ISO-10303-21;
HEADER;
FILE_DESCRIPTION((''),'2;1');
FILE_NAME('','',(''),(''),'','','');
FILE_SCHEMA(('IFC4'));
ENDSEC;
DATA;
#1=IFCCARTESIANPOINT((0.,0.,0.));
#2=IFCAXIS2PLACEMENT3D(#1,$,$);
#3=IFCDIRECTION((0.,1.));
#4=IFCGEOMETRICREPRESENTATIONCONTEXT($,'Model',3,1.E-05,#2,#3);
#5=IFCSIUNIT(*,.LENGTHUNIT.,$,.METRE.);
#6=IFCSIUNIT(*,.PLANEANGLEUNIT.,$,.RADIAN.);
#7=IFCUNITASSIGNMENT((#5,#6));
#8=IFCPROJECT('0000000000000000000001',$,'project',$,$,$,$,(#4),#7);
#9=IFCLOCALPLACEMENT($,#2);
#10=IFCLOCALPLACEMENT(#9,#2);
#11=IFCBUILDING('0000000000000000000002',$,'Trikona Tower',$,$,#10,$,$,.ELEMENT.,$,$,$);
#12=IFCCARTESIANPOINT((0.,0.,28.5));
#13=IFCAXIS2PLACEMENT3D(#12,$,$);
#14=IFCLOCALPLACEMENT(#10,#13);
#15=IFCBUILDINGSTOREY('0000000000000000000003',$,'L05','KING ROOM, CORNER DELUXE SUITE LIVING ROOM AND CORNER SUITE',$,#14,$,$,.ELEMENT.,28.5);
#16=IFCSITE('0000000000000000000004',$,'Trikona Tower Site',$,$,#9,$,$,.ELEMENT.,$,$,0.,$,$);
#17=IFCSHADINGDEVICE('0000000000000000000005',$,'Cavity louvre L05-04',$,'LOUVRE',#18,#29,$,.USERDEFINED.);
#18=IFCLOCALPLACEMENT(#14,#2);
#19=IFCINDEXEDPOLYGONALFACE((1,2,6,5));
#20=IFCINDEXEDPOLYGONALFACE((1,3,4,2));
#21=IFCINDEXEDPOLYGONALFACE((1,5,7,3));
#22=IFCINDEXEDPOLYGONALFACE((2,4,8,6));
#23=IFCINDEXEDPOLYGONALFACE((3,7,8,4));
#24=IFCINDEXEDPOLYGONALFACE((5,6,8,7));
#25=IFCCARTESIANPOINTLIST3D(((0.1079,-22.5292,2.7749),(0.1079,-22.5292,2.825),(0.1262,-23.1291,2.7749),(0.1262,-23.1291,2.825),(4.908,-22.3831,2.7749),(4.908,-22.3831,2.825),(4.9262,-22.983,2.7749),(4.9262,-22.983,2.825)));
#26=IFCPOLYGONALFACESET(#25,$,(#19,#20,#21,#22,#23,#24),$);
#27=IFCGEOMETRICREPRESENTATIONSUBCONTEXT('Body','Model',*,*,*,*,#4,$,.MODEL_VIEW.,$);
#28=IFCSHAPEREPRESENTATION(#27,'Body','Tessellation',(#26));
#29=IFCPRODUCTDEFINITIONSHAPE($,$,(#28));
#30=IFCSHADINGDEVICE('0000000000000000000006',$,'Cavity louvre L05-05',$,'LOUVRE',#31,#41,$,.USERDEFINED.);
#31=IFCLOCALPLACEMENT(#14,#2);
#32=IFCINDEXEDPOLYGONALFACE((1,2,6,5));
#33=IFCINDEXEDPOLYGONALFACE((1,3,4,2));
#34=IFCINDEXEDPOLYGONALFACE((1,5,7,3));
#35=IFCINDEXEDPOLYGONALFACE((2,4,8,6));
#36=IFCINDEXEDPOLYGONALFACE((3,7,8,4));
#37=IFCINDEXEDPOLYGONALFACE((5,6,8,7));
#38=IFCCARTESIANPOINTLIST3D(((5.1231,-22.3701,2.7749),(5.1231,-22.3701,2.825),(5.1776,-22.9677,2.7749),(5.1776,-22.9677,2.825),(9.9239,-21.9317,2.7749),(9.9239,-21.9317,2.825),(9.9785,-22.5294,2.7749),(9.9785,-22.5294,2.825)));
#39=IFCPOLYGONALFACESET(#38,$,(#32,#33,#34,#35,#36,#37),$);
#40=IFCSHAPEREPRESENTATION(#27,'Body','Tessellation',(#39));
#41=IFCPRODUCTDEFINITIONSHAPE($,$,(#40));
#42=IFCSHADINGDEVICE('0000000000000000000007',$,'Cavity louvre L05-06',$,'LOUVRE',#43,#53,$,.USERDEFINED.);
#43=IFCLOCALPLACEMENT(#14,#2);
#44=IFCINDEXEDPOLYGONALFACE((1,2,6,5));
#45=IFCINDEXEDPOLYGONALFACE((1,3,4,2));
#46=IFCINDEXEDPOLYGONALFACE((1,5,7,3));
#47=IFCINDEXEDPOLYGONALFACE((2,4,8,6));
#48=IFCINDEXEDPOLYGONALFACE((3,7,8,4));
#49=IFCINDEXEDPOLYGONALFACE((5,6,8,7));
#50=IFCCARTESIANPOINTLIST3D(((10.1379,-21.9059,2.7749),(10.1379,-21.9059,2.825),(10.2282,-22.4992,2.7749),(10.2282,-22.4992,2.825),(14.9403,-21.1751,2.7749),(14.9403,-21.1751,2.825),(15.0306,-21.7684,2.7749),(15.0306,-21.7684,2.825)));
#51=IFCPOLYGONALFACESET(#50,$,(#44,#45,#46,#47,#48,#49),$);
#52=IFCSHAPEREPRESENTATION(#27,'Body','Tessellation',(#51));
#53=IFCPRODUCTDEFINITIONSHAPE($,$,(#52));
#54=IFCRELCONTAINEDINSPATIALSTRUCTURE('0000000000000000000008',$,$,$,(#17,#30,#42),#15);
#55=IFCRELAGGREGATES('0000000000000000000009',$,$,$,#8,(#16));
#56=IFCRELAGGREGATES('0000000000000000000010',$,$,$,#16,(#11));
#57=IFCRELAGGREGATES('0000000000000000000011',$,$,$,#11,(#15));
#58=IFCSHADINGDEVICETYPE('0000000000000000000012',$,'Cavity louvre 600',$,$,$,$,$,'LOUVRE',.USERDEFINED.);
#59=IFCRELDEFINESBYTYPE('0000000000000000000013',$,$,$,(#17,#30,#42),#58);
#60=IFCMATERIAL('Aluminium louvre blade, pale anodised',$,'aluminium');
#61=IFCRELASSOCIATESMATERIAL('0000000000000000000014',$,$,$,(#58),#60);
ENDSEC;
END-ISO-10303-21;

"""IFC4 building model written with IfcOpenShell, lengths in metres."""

from ifc_helpers import new_model, si_unit, direction, frame, origin, origin_2d, place, context, subcontext, project, spatial, rectangle, extrude, material, type_object, element, save


model = new_model("IFC4")

# Units and contexts
model_context = context("Model", 3, precision=1e-05, world=origin(), true_north=direction((0.0, 1.0)))
body_context = subcontext(model_context, "Body", "Model", "MODEL_VIEW")
ifc_project = project(units=[si_unit("LENGTHUNIT", "METRE"), si_unit("PLANEANGLEUNIT", "RADIAN")], contexts=[model_context])

# Site, building, storey
site_placement = place(None, origin())
site = spatial("IfcSite", under=ifc_project, at=site_placement, Name="Trikona Tower Site", CompositionType="ELEMENT", RefElevation=0.0)
building_placement = place(site_placement, origin())
building = spatial("IfcBuilding", under=site, at=building_placement, Name="Trikona Tower", CompositionType="ELEMENT")
storey_placement = place(building_placement, frame((0.0, 0.0, 28.5)))
storey = spatial("IfcBuildingStorey", under=building, at=storey_placement, Name="L05", Description="KING ROOM, CORNER DELUXE SUITE LIVING ROOM AND CORNER SUITE", CompositionType="ELEMENT", Elevation=28.5)

# Shading devices
ifc_material_1 = material(Name="Aluminium louvre blade, pale anodised", Category="aluminium")
shading_device_type = type_object("IfcShadingDeviceType", Name="Cavity louvre 600", ElementType="LOUVRE", PredefinedType="USERDEFINED", material=ifc_material_1)
shading_device_1_placement = place(storey_placement, frame((2.5171, -22.7561, 2.7749), z_axis=(0.0, 0.0, 1.0), x_axis=(0.999537, 0.030425, 0.0)))
element("IfcShadingDevice", 1, at=shading_device_1_placement, inside=storey, type_object=shading_device_type, Name="Cavity louvre L05-04", ObjectType="LOUVRE", PredefinedType="USERDEFINED", context=body_context, shape_type="SweptSolid", body=[
    extrude(rectangle(XDim=4.8022, YDim=0.6001, at=origin_2d()), origin(), (0.0, 0.0, 1.0), 0.05),
])
shading_device_2_placement = place(storey_placement, frame((7.5508, -22.4497, 2.7749), z_axis=(0.0, 0.0, 1.0), x_axis=(0.995858, 0.090921, 0.0)))
element("IfcShadingDevice", 2, at=shading_device_2_placement, inside=storey, type_object=shading_device_type, Name="Cavity louvre L05-05", ObjectType="LOUVRE", PredefinedType="USERDEFINED", context=body_context, shape_type="SweptSolid", body=[
    extrude(rectangle(XDim=4.8208, YDim=0.6001, at=origin_2d()), origin(), (0.0, 0.0, 1.0), 0.05),
])
shading_device_3_placement = place(storey_placement, frame((12.5842, -21.8372, 2.7749), z_axis=(0.0, 0.0, 1.0), x_axis=(0.988618, 0.150448, 0.0)))
element("IfcShadingDevice", 3, at=shading_device_3_placement, inside=storey, type_object=shading_device_type, Name="Cavity louvre L05-06", ObjectType="LOUVRE", PredefinedType="USERDEFINED", context=body_context, shape_type="SweptSolid", body=[
    extrude(rectangle(XDim=4.8577, YDim=0.6001, at=origin_2d()), origin(), (0.0, 0.0, 1.0), 0.05),
])

save(model, "model.ifc")
